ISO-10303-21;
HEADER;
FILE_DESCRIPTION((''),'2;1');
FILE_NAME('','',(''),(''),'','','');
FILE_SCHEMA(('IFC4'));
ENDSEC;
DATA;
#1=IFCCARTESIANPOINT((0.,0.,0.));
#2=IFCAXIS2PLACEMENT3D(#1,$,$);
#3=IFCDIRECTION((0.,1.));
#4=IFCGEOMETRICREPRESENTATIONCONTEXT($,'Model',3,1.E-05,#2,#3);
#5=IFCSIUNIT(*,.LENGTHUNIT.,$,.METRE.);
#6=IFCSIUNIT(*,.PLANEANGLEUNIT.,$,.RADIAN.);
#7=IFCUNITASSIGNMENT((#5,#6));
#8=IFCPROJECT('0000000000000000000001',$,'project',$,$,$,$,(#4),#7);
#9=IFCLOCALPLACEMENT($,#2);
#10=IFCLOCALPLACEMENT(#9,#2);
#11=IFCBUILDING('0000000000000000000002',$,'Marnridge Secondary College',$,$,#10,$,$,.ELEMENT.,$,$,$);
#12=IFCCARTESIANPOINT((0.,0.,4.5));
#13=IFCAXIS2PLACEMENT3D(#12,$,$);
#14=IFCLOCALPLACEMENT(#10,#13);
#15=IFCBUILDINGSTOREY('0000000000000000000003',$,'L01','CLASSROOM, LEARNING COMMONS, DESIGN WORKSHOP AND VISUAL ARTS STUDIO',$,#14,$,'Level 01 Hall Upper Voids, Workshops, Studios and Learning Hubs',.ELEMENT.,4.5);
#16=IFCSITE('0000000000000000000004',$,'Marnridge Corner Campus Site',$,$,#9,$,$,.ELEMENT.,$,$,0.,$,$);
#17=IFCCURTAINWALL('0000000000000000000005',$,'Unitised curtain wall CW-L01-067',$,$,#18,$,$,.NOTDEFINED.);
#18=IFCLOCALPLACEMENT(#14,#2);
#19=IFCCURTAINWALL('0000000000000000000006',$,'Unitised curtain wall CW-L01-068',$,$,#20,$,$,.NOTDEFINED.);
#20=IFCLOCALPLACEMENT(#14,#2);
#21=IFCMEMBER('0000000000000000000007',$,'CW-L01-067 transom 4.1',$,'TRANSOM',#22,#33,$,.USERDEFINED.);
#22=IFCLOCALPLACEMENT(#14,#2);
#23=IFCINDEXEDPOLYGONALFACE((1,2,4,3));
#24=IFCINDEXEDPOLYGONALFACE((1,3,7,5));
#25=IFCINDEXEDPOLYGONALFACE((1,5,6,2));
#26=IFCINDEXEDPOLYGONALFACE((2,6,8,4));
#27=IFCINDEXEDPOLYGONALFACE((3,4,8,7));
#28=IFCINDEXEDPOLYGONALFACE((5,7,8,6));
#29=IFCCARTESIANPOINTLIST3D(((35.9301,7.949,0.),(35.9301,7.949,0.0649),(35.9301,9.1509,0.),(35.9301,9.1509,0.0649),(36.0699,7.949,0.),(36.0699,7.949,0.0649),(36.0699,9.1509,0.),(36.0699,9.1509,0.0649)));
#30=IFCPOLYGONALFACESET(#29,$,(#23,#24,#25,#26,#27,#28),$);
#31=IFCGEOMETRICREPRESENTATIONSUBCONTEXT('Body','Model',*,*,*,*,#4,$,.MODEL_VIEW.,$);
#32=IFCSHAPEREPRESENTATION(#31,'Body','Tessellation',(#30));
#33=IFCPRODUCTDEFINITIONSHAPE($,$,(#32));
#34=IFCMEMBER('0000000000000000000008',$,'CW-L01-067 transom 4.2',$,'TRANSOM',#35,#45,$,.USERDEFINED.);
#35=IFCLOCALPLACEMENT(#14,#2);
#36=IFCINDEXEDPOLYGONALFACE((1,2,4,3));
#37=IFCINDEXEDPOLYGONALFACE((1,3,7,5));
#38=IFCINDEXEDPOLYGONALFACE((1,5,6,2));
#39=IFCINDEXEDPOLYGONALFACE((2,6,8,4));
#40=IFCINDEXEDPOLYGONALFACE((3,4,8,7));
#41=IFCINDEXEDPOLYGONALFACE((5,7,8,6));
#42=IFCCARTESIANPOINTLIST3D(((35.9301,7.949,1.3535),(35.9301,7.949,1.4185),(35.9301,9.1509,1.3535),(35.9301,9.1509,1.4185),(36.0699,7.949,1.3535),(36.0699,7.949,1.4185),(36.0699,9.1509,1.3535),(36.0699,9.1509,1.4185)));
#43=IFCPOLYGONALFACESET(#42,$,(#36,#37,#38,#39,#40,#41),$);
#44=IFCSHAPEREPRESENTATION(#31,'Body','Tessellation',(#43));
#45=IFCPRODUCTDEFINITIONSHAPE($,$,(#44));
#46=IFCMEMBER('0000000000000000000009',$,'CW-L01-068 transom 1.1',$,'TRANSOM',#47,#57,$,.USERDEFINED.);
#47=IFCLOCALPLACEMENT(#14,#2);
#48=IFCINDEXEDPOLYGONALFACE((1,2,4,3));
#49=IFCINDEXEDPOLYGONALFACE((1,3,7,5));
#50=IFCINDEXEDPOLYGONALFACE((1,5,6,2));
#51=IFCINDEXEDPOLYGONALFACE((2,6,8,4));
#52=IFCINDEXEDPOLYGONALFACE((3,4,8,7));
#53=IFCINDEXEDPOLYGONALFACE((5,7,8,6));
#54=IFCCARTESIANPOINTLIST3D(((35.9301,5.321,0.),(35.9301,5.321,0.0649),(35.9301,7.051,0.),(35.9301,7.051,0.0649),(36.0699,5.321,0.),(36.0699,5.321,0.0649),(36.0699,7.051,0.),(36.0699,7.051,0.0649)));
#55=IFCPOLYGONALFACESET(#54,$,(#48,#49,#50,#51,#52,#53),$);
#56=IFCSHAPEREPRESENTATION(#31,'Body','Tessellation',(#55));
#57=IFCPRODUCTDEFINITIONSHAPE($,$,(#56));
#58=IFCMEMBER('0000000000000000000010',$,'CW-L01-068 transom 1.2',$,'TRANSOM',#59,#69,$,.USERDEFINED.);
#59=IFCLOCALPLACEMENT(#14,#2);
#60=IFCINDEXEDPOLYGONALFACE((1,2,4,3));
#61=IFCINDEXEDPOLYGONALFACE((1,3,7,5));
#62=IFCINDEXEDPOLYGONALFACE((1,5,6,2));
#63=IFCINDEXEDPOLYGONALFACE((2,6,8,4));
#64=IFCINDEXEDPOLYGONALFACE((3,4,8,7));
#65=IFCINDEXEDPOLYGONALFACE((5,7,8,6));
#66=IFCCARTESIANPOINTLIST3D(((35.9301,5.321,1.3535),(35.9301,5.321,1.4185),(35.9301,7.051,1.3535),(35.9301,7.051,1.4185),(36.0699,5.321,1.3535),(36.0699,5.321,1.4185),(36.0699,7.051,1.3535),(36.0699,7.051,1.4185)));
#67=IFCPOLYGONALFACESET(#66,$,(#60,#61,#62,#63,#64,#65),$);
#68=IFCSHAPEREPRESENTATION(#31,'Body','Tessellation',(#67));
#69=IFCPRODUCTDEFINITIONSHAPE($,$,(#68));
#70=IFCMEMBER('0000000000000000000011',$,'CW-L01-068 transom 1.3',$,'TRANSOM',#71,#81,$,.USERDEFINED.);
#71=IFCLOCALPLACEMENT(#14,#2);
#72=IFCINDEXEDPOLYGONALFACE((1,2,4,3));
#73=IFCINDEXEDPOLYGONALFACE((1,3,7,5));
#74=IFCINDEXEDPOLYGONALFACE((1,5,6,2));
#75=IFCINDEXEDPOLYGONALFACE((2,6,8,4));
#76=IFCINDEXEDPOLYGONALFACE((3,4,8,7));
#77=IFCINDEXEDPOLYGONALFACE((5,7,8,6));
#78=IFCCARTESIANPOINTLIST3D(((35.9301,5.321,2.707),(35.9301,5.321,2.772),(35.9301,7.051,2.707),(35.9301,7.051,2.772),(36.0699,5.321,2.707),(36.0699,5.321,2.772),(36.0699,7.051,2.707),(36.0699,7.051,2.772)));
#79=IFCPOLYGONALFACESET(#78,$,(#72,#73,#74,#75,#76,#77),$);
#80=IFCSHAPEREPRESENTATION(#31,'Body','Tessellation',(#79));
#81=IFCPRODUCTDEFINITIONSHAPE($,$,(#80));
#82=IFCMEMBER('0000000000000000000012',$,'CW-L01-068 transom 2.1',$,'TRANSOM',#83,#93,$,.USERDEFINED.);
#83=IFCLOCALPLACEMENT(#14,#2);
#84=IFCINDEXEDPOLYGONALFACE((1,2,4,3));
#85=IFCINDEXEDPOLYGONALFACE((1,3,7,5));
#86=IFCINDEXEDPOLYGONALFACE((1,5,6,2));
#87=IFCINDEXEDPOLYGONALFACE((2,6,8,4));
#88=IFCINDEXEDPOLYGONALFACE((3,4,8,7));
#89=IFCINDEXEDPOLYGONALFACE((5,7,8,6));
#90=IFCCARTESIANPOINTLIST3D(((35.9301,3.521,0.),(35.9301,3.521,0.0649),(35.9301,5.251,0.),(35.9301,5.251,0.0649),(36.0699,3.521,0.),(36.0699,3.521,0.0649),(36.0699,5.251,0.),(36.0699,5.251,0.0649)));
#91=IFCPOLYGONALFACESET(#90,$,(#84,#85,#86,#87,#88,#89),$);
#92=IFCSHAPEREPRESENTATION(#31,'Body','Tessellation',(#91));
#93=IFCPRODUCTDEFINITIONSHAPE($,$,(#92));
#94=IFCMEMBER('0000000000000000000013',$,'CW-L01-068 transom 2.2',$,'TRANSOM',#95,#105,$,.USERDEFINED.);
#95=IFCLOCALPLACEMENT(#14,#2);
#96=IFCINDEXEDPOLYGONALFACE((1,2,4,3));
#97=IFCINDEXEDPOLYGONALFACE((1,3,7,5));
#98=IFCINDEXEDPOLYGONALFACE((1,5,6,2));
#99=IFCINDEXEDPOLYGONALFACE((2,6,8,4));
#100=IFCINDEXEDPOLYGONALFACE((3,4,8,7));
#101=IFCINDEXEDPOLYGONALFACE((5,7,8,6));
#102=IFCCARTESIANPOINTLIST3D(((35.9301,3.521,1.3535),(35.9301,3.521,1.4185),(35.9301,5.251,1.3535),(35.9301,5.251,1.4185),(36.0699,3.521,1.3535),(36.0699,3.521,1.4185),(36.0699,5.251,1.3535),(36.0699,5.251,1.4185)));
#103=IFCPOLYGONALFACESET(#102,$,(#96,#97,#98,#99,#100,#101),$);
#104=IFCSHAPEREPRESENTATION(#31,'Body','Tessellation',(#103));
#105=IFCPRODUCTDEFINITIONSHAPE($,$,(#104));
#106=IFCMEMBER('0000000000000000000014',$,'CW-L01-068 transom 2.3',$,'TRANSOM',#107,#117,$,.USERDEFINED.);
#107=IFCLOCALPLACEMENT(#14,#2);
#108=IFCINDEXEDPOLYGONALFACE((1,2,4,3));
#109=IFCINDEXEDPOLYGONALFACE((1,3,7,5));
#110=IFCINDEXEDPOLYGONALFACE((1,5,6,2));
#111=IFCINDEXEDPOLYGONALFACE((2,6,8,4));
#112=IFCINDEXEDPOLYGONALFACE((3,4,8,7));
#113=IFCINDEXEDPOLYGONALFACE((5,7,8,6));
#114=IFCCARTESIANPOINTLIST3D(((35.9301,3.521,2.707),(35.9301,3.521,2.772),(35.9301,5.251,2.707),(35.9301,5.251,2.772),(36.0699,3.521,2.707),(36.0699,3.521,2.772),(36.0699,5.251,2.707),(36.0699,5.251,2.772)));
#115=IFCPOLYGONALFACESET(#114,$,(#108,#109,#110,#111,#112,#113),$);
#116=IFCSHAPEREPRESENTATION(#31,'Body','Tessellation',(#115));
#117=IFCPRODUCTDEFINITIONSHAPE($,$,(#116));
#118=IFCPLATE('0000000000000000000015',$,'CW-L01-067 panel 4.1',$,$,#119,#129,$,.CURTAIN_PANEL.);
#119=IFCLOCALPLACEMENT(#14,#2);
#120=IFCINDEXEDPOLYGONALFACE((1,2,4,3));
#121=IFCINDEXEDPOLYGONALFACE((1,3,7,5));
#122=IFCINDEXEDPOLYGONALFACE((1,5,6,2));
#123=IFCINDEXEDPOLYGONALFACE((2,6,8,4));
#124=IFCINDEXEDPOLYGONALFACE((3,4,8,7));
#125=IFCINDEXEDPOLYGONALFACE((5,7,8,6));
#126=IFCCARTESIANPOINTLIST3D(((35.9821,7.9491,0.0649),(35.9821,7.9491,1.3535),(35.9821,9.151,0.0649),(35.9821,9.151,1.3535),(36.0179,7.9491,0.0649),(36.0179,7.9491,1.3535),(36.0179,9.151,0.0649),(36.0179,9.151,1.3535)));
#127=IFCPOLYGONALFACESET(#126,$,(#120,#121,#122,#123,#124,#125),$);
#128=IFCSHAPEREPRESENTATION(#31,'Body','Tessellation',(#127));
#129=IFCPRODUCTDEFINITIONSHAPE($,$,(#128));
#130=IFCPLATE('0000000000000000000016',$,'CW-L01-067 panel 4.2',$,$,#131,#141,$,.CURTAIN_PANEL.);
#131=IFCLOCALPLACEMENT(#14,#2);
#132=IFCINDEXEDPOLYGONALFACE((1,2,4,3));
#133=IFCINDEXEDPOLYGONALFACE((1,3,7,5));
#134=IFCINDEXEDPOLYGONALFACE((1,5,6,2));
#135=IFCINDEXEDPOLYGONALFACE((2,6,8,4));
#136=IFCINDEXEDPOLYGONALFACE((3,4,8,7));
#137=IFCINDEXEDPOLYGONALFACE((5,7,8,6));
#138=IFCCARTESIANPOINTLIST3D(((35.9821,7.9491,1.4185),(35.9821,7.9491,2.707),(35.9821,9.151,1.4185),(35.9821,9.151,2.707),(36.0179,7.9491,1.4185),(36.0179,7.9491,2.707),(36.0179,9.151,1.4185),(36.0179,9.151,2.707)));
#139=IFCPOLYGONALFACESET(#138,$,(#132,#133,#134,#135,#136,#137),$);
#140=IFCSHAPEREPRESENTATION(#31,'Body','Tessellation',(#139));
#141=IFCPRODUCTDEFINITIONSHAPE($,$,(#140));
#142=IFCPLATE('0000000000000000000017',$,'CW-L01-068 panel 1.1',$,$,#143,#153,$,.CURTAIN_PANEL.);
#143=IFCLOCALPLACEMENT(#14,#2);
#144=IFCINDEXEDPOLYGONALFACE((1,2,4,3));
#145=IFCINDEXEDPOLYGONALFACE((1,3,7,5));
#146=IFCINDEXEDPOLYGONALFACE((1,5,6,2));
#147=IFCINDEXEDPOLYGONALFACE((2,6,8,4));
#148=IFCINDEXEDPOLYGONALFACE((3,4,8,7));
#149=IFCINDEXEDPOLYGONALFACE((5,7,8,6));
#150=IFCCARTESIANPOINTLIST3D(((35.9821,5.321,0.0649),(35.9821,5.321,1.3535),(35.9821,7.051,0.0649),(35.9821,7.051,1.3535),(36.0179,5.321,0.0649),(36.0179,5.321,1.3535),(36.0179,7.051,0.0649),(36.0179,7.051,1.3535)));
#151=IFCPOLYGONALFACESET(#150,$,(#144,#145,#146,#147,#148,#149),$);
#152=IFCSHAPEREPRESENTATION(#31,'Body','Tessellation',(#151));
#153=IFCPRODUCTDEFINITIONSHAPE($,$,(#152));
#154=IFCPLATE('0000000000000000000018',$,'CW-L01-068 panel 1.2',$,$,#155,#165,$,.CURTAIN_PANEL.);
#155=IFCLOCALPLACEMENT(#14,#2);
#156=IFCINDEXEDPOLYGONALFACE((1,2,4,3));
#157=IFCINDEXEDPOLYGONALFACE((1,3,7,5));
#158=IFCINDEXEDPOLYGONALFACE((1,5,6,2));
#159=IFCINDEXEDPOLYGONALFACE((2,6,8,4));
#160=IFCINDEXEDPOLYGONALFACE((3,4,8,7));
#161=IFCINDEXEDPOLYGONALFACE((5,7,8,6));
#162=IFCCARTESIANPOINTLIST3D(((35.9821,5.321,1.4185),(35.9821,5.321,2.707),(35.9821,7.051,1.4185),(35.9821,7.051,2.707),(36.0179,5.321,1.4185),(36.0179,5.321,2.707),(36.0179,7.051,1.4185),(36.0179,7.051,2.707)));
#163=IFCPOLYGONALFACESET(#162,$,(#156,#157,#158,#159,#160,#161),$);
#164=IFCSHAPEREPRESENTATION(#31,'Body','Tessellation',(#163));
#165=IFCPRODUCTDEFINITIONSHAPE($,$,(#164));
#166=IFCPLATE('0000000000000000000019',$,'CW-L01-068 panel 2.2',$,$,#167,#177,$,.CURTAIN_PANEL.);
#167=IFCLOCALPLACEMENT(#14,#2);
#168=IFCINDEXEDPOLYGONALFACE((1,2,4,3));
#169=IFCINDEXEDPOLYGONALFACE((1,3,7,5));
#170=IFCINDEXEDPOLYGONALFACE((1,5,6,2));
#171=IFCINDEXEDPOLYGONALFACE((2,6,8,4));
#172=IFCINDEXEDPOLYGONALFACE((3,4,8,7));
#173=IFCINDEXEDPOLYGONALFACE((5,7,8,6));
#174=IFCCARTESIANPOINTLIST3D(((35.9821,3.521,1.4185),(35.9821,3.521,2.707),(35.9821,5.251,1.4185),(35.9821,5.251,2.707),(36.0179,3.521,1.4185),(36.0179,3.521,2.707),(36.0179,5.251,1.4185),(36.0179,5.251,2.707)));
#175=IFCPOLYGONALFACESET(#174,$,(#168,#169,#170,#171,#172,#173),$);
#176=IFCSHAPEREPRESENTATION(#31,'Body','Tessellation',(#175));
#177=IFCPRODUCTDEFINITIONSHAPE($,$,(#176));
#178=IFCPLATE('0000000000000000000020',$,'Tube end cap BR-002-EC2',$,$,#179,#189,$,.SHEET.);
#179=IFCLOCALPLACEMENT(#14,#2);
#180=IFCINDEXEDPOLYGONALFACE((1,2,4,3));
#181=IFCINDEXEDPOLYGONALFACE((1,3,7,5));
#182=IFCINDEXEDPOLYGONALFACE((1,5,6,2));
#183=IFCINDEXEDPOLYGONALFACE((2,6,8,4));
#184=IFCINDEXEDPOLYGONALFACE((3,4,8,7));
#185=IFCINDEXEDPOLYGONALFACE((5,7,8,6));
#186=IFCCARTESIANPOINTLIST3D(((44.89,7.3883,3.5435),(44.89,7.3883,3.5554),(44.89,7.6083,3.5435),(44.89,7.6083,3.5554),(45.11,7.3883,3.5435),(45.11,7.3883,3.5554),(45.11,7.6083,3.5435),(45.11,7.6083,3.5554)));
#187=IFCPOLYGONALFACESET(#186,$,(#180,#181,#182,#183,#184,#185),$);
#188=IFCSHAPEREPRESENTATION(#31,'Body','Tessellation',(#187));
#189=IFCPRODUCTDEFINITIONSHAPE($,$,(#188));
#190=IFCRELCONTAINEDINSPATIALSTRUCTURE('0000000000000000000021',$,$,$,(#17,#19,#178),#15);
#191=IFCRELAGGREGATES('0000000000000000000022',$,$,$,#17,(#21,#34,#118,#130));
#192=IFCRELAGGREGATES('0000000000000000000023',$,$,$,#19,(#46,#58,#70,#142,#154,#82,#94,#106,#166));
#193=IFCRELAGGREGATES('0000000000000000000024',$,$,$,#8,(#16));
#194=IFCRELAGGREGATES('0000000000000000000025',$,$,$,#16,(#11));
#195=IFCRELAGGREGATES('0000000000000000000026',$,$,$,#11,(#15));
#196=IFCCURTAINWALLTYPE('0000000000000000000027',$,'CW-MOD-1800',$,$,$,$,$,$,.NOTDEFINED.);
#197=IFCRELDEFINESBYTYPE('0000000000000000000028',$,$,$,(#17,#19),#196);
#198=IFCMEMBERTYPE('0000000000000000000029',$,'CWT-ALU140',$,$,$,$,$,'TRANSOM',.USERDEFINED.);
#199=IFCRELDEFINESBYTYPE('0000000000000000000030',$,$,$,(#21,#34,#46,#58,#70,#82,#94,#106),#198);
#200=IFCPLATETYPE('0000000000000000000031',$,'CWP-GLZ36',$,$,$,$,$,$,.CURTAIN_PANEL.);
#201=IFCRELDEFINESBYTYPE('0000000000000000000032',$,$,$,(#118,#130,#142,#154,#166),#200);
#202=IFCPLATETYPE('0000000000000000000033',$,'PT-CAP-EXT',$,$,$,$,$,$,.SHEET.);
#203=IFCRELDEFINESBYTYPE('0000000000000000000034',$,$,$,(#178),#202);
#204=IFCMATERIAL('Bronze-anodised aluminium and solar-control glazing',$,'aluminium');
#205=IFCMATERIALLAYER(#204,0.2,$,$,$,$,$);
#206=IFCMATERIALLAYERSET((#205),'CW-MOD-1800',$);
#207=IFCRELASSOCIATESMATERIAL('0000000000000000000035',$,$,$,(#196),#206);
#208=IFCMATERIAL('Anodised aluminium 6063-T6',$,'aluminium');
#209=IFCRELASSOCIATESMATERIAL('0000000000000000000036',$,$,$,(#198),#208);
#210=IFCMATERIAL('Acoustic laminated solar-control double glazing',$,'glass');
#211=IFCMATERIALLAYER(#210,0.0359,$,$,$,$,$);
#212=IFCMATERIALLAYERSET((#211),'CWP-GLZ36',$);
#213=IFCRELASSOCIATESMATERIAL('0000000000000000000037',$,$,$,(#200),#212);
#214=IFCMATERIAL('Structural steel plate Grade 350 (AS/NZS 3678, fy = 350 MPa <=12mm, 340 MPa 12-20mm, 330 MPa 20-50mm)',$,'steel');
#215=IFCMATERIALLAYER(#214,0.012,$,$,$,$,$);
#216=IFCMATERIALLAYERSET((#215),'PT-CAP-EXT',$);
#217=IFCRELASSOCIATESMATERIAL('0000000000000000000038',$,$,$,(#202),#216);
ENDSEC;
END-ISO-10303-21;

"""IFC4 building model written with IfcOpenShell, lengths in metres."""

from ifc_helpers import new_model, si_unit, direction, frame, origin, origin_2d, place, context, subcontext, project, spatial, rectangle, extrude, material, layer, layer_set, material_profile, profile_set, type_object, element, aggregate, save


model = new_model("IFC4")

# Units and contexts
model_context = context("Model", 3, precision=1e-05, world=origin(), true_north=direction((0.0, 1.0)))
body_context = subcontext(model_context, "Body", "Model", "MODEL_VIEW")
ifc_project = project(units=[si_unit("LENGTHUNIT", "METRE"), si_unit("PLANEANGLEUNIT", "RADIAN")], contexts=[model_context])

# Site, building, storey
site_placement = place(None, origin())
site = spatial("IfcSite", under=ifc_project, at=site_placement, Name="Marnridge Corner Campus Site", CompositionType="ELEMENT", RefElevation=0.0)
building_placement = place(site_placement, origin())
building = spatial("IfcBuilding", under=site, at=building_placement, Name="Marnridge Secondary College", CompositionType="ELEMENT")
storey_placement = place(building_placement, frame((0.0, 0.0, 4.5)))
storey = spatial("IfcBuildingStorey", under=building, at=storey_placement, Name="L01", Description="CLASSROOM, LEARNING COMMONS, DESIGN WORKSHOP AND VISUAL ARTS STUDIO", LongName="Level 01 Hall Upper Voids, Workshops, Studios and Learning Hubs", CompositionType="ELEMENT", Elevation=4.5)

# Curtain wall
ifc_material_1 = material(Name="Bronze-anodised aluminium and solar-control glazing", Category="aluminium")
ifc_layer_1 = layer(ifc_material_1, 0.2)
ifc_layer_set_1 = layer_set([ifc_layer_1], Name="CW-MOD-1800")
curtain_wall_type = type_object("IfcCurtainWallType", Name="CW-MOD-1800", PredefinedType="NOTDEFINED", material=ifc_layer_set_1)
curtain_wall_1_placement = place(storey_placement, origin())
curtain_wall_1 = element("IfcCurtainWall", 1, at=curtain_wall_1_placement, inside=storey, type_object=curtain_wall_type, Name="Unitised curtain wall CW-L01-067", PredefinedType="NOTDEFINED")

# Curtain wall
curtain_wall_2_placement = place(storey_placement, origin())
curtain_wall_2 = element("IfcCurtainWall", 2, at=curtain_wall_2_placement, inside=storey, type_object=curtain_wall_type, Name="Unitised curtain wall CW-L01-068", PredefinedType="NOTDEFINED")

# Members
ifc_material_2 = material(Name="Anodised aluminium 6063-T6", Category="aluminium")
ifc_material_profile_1 = material_profile(ifc_material_2, rectangle(XDim=0.0649, YDim=0.1399, at=origin_2d()), Name="ALU 65x140")
ifc_profile_set_1 = profile_set([ifc_material_profile_1], Name="Anodised aluminium 6063-T6")
member_type_1 = type_object("IfcMemberType", Name="CWT-ALU140", ElementType="TRANSOM", PredefinedType="USERDEFINED", material=ifc_profile_set_1)
member_1_placement = place(storey_placement, frame((36.0, 9.1509, 0.0325), z_axis=(0.0, -1.0, 0.0), x_axis=(0.0, 0.0, 1.0)))
member_1 = element("IfcMember", 3, at=member_1_placement, type_object=member_type_1, Name="CW-L01-067 transom 4.1", ObjectType="TRANSOM", PredefinedType="USERDEFINED", context=body_context, shape_type="SweptSolid", body=[
    extrude(rectangle(XDim=0.0649, YDim=0.1399, at=origin_2d()), origin(), (0.0, 0.0, 1.0), 1.2019),
])
member_2_placement = place(storey_placement, frame((36.0, 9.1509, 1.386), z_axis=(0.0, -1.0, 0.0), x_axis=(0.0, 0.0, 1.0)))
member_2 = element("IfcMember", 4, at=member_2_placement, type_object=member_type_1, Name="CW-L01-067 transom 4.2", ObjectType="TRANSOM", PredefinedType="USERDEFINED", context=body_context, shape_type="SweptSolid", body=[
    extrude(rectangle(XDim=0.0649, YDim=0.1399, at=origin_2d()), origin(), (0.0, 0.0, 1.0), 1.2019),
])
member_3_placement = place(storey_placement, frame((36.0, 7.051, 0.0325), z_axis=(0.0, -1.0, 0.0), x_axis=(0.0, 0.0, 1.0)))
member_3 = element("IfcMember", 5, at=member_3_placement, type_object=member_type_1, Name="CW-L01-068 transom 1.1", ObjectType="TRANSOM", PredefinedType="USERDEFINED", context=body_context, shape_type="SweptSolid", body=[
    extrude(rectangle(XDim=0.0649, YDim=0.1399, at=origin_2d()), origin(), (0.0, 0.0, 1.0), 1.73),
])
member_4_placement = place(storey_placement, frame((36.0, 7.051, 1.386), z_axis=(0.0, -1.0, 0.0), x_axis=(0.0, 0.0, 1.0)))
member_4 = element("IfcMember", 6, at=member_4_placement, type_object=member_type_1, Name="CW-L01-068 transom 1.2", ObjectType="TRANSOM", PredefinedType="USERDEFINED", context=body_context, shape_type="SweptSolid", body=[
    extrude(rectangle(XDim=0.0649, YDim=0.1399, at=origin_2d()), origin(), (0.0, 0.0, 1.0), 1.73),
])
member_5_placement = place(storey_placement, frame((36.0, 7.051, 2.7395), z_axis=(0.0, -1.0, 0.0), x_axis=(0.0, 0.0, 1.0)))
member_5 = element("IfcMember", 7, at=member_5_placement, type_object=member_type_1, Name="CW-L01-068 transom 1.3", ObjectType="TRANSOM", PredefinedType="USERDEFINED", context=body_context, shape_type="SweptSolid", body=[
    extrude(rectangle(XDim=0.0649, YDim=0.1399, at=origin_2d()), origin(), (0.0, 0.0, 1.0), 1.73),
])
member_6_placement = place(storey_placement, frame((36.0, 5.251, 0.0325), z_axis=(0.0, -1.0, 0.0), x_axis=(0.0, 0.0, 1.0)))
member_6 = element("IfcMember", 8, at=member_6_placement, type_object=member_type_1, Name="CW-L01-068 transom 2.1", ObjectType="TRANSOM", PredefinedType="USERDEFINED", context=body_context, shape_type="SweptSolid", body=[
    extrude(rectangle(XDim=0.0649, YDim=0.1399, at=origin_2d()), origin(), (0.0, 0.0, 1.0), 1.73),
])
member_7_placement = place(storey_placement, frame((36.0, 5.251, 1.386), z_axis=(0.0, -1.0, 0.0), x_axis=(0.0, 0.0, 1.0)))
member_7 = element("IfcMember", 9, at=member_7_placement, type_object=member_type_1, Name="CW-L01-068 transom 2.2", ObjectType="TRANSOM", PredefinedType="USERDEFINED", context=body_context, shape_type="SweptSolid", body=[
    extrude(rectangle(XDim=0.0649, YDim=0.1399, at=origin_2d()), origin(), (0.0, 0.0, 1.0), 1.73),
])
member_8_placement = place(storey_placement, frame((36.0, 5.251, 2.7395), z_axis=(0.0, -1.0, 0.0), x_axis=(0.0, 0.0, 1.0)))
member_8 = element("IfcMember", 10, at=member_8_placement, type_object=member_type_1, Name="CW-L01-068 transom 2.3", ObjectType="TRANSOM", PredefinedType="USERDEFINED", context=body_context, shape_type="SweptSolid", body=[
    extrude(rectangle(XDim=0.0649, YDim=0.1399, at=origin_2d()), origin(), (0.0, 0.0, 1.0), 1.73),
])

# Plates
ifc_material_3 = material(Name="Acoustic laminated solar-control double glazing", Category="glass")
ifc_layer_2 = layer(ifc_material_3, 0.0359)
ifc_layer_set_2 = layer_set([ifc_layer_2], Name="CWP-GLZ36")
plate_type_1 = type_object("IfcPlateType", Name="CWP-GLZ36", PredefinedType="CURTAIN_PANEL", material=ifc_layer_set_2)
plate_1_placement = place(storey_placement, frame((36.0, 8.55, 0.0649), z_axis=(0.0, 0.0, 1.0), x_axis=(0.0, -1.0, 0.0)))
plate_1 = element("IfcPlate", 11, at=plate_1_placement, type_object=plate_type_1, Name="CW-L01-067 panel 4.1", PredefinedType="CURTAIN_PANEL", context=body_context, shape_type="SweptSolid", body=[
    extrude(rectangle(XDim=1.2019, YDim=0.0359, at=origin_2d()), origin(), (0.0, 0.0, 1.0), 1.2886),
])
plate_2_placement = place(storey_placement, frame((36.0, 8.55, 1.4185), z_axis=(0.0, 0.0, 1.0), x_axis=(0.0, -1.0, 0.0)))
plate_2 = element("IfcPlate", 12, at=plate_2_placement, type_object=plate_type_1, Name="CW-L01-067 panel 4.2", PredefinedType="CURTAIN_PANEL", context=body_context, shape_type="SweptSolid", body=[
    extrude(rectangle(XDim=1.2019, YDim=0.0359, at=origin_2d()), origin(), (0.0, 0.0, 1.0), 1.2886),
])
aggregate(curtain_wall_1, [member_1, member_2, plate_1, plate_2])
plate_3_placement = place(storey_placement, frame((36.0, 6.186, 0.0649), z_axis=(0.0, 0.0, 1.0), x_axis=(0.0, -1.0, 0.0)))
plate_3 = element("IfcPlate", 13, at=plate_3_placement, type_object=plate_type_1, Name="CW-L01-068 panel 1.1", PredefinedType="CURTAIN_PANEL", context=body_context, shape_type="SweptSolid", body=[
    extrude(rectangle(XDim=1.73, YDim=0.0359, at=origin_2d()), origin(), (0.0, 0.0, 1.0), 1.2886),
])
plate_4_placement = place(storey_placement, frame((36.0, 6.186, 1.4185), z_axis=(0.0, 0.0, 1.0), x_axis=(0.0, -1.0, 0.0)))
plate_4 = element("IfcPlate", 14, at=plate_4_placement, type_object=plate_type_1, Name="CW-L01-068 panel 1.2", PredefinedType="CURTAIN_PANEL", context=body_context, shape_type="SweptSolid", body=[
    extrude(rectangle(XDim=1.73, YDim=0.0359, at=origin_2d()), origin(), (0.0, 0.0, 1.0), 1.2886),
])
plate_5_placement = place(storey_placement, frame((36.0, 4.386, 1.4185), z_axis=(0.0, 0.0, 1.0), x_axis=(0.0, -1.0, 0.0)))
plate_5 = element("IfcPlate", 15, at=plate_5_placement, type_object=plate_type_1, Name="CW-L01-068 panel 2.2", PredefinedType="CURTAIN_PANEL", context=body_context, shape_type="SweptSolid", body=[
    extrude(rectangle(XDim=1.73, YDim=0.0359, at=origin_2d()), origin(), (0.0, 0.0, 1.0), 1.2886),
])
aggregate(curtain_wall_2, [member_3, member_4, member_5, plate_3, plate_4, member_6, member_7, member_8, plate_5])

# Plate
ifc_material_4 = material(Name="Structural steel plate Grade 350 (AS/NZS 3678, fy = 350 MPa <=12mm, 340 MPa 12-20mm, 330 MPa 20-50mm)", Category="steel")
ifc_layer_3 = layer(ifc_material_4, 0.012)
ifc_layer_set_3 = layer_set([ifc_layer_3], Name="PT-CAP-EXT")
plate_type_2 = type_object("IfcPlateType", Name="PT-CAP-EXT", PredefinedType="SHEET", material=ifc_layer_set_3)
plate_6_placement = place(storey_placement, frame((45.0, 7.4983, 3.5435), z_axis=(0.0, 0.0, 1.0), x_axis=(0.0, 1.0, 0.0)))
element("IfcPlate", 16, at=plate_6_placement, inside=storey, type_object=plate_type_2, Name="Tube end cap BR-002-EC2", PredefinedType="SHEET", context=body_context, shape_type="SweptSolid", body=[
    extrude(rectangle(XDim=0.22, YDim=0.22, at=origin_2d()), origin(), (0.0, 0.0, 1.0), 0.012),
])

save(model, "model.ifc")
